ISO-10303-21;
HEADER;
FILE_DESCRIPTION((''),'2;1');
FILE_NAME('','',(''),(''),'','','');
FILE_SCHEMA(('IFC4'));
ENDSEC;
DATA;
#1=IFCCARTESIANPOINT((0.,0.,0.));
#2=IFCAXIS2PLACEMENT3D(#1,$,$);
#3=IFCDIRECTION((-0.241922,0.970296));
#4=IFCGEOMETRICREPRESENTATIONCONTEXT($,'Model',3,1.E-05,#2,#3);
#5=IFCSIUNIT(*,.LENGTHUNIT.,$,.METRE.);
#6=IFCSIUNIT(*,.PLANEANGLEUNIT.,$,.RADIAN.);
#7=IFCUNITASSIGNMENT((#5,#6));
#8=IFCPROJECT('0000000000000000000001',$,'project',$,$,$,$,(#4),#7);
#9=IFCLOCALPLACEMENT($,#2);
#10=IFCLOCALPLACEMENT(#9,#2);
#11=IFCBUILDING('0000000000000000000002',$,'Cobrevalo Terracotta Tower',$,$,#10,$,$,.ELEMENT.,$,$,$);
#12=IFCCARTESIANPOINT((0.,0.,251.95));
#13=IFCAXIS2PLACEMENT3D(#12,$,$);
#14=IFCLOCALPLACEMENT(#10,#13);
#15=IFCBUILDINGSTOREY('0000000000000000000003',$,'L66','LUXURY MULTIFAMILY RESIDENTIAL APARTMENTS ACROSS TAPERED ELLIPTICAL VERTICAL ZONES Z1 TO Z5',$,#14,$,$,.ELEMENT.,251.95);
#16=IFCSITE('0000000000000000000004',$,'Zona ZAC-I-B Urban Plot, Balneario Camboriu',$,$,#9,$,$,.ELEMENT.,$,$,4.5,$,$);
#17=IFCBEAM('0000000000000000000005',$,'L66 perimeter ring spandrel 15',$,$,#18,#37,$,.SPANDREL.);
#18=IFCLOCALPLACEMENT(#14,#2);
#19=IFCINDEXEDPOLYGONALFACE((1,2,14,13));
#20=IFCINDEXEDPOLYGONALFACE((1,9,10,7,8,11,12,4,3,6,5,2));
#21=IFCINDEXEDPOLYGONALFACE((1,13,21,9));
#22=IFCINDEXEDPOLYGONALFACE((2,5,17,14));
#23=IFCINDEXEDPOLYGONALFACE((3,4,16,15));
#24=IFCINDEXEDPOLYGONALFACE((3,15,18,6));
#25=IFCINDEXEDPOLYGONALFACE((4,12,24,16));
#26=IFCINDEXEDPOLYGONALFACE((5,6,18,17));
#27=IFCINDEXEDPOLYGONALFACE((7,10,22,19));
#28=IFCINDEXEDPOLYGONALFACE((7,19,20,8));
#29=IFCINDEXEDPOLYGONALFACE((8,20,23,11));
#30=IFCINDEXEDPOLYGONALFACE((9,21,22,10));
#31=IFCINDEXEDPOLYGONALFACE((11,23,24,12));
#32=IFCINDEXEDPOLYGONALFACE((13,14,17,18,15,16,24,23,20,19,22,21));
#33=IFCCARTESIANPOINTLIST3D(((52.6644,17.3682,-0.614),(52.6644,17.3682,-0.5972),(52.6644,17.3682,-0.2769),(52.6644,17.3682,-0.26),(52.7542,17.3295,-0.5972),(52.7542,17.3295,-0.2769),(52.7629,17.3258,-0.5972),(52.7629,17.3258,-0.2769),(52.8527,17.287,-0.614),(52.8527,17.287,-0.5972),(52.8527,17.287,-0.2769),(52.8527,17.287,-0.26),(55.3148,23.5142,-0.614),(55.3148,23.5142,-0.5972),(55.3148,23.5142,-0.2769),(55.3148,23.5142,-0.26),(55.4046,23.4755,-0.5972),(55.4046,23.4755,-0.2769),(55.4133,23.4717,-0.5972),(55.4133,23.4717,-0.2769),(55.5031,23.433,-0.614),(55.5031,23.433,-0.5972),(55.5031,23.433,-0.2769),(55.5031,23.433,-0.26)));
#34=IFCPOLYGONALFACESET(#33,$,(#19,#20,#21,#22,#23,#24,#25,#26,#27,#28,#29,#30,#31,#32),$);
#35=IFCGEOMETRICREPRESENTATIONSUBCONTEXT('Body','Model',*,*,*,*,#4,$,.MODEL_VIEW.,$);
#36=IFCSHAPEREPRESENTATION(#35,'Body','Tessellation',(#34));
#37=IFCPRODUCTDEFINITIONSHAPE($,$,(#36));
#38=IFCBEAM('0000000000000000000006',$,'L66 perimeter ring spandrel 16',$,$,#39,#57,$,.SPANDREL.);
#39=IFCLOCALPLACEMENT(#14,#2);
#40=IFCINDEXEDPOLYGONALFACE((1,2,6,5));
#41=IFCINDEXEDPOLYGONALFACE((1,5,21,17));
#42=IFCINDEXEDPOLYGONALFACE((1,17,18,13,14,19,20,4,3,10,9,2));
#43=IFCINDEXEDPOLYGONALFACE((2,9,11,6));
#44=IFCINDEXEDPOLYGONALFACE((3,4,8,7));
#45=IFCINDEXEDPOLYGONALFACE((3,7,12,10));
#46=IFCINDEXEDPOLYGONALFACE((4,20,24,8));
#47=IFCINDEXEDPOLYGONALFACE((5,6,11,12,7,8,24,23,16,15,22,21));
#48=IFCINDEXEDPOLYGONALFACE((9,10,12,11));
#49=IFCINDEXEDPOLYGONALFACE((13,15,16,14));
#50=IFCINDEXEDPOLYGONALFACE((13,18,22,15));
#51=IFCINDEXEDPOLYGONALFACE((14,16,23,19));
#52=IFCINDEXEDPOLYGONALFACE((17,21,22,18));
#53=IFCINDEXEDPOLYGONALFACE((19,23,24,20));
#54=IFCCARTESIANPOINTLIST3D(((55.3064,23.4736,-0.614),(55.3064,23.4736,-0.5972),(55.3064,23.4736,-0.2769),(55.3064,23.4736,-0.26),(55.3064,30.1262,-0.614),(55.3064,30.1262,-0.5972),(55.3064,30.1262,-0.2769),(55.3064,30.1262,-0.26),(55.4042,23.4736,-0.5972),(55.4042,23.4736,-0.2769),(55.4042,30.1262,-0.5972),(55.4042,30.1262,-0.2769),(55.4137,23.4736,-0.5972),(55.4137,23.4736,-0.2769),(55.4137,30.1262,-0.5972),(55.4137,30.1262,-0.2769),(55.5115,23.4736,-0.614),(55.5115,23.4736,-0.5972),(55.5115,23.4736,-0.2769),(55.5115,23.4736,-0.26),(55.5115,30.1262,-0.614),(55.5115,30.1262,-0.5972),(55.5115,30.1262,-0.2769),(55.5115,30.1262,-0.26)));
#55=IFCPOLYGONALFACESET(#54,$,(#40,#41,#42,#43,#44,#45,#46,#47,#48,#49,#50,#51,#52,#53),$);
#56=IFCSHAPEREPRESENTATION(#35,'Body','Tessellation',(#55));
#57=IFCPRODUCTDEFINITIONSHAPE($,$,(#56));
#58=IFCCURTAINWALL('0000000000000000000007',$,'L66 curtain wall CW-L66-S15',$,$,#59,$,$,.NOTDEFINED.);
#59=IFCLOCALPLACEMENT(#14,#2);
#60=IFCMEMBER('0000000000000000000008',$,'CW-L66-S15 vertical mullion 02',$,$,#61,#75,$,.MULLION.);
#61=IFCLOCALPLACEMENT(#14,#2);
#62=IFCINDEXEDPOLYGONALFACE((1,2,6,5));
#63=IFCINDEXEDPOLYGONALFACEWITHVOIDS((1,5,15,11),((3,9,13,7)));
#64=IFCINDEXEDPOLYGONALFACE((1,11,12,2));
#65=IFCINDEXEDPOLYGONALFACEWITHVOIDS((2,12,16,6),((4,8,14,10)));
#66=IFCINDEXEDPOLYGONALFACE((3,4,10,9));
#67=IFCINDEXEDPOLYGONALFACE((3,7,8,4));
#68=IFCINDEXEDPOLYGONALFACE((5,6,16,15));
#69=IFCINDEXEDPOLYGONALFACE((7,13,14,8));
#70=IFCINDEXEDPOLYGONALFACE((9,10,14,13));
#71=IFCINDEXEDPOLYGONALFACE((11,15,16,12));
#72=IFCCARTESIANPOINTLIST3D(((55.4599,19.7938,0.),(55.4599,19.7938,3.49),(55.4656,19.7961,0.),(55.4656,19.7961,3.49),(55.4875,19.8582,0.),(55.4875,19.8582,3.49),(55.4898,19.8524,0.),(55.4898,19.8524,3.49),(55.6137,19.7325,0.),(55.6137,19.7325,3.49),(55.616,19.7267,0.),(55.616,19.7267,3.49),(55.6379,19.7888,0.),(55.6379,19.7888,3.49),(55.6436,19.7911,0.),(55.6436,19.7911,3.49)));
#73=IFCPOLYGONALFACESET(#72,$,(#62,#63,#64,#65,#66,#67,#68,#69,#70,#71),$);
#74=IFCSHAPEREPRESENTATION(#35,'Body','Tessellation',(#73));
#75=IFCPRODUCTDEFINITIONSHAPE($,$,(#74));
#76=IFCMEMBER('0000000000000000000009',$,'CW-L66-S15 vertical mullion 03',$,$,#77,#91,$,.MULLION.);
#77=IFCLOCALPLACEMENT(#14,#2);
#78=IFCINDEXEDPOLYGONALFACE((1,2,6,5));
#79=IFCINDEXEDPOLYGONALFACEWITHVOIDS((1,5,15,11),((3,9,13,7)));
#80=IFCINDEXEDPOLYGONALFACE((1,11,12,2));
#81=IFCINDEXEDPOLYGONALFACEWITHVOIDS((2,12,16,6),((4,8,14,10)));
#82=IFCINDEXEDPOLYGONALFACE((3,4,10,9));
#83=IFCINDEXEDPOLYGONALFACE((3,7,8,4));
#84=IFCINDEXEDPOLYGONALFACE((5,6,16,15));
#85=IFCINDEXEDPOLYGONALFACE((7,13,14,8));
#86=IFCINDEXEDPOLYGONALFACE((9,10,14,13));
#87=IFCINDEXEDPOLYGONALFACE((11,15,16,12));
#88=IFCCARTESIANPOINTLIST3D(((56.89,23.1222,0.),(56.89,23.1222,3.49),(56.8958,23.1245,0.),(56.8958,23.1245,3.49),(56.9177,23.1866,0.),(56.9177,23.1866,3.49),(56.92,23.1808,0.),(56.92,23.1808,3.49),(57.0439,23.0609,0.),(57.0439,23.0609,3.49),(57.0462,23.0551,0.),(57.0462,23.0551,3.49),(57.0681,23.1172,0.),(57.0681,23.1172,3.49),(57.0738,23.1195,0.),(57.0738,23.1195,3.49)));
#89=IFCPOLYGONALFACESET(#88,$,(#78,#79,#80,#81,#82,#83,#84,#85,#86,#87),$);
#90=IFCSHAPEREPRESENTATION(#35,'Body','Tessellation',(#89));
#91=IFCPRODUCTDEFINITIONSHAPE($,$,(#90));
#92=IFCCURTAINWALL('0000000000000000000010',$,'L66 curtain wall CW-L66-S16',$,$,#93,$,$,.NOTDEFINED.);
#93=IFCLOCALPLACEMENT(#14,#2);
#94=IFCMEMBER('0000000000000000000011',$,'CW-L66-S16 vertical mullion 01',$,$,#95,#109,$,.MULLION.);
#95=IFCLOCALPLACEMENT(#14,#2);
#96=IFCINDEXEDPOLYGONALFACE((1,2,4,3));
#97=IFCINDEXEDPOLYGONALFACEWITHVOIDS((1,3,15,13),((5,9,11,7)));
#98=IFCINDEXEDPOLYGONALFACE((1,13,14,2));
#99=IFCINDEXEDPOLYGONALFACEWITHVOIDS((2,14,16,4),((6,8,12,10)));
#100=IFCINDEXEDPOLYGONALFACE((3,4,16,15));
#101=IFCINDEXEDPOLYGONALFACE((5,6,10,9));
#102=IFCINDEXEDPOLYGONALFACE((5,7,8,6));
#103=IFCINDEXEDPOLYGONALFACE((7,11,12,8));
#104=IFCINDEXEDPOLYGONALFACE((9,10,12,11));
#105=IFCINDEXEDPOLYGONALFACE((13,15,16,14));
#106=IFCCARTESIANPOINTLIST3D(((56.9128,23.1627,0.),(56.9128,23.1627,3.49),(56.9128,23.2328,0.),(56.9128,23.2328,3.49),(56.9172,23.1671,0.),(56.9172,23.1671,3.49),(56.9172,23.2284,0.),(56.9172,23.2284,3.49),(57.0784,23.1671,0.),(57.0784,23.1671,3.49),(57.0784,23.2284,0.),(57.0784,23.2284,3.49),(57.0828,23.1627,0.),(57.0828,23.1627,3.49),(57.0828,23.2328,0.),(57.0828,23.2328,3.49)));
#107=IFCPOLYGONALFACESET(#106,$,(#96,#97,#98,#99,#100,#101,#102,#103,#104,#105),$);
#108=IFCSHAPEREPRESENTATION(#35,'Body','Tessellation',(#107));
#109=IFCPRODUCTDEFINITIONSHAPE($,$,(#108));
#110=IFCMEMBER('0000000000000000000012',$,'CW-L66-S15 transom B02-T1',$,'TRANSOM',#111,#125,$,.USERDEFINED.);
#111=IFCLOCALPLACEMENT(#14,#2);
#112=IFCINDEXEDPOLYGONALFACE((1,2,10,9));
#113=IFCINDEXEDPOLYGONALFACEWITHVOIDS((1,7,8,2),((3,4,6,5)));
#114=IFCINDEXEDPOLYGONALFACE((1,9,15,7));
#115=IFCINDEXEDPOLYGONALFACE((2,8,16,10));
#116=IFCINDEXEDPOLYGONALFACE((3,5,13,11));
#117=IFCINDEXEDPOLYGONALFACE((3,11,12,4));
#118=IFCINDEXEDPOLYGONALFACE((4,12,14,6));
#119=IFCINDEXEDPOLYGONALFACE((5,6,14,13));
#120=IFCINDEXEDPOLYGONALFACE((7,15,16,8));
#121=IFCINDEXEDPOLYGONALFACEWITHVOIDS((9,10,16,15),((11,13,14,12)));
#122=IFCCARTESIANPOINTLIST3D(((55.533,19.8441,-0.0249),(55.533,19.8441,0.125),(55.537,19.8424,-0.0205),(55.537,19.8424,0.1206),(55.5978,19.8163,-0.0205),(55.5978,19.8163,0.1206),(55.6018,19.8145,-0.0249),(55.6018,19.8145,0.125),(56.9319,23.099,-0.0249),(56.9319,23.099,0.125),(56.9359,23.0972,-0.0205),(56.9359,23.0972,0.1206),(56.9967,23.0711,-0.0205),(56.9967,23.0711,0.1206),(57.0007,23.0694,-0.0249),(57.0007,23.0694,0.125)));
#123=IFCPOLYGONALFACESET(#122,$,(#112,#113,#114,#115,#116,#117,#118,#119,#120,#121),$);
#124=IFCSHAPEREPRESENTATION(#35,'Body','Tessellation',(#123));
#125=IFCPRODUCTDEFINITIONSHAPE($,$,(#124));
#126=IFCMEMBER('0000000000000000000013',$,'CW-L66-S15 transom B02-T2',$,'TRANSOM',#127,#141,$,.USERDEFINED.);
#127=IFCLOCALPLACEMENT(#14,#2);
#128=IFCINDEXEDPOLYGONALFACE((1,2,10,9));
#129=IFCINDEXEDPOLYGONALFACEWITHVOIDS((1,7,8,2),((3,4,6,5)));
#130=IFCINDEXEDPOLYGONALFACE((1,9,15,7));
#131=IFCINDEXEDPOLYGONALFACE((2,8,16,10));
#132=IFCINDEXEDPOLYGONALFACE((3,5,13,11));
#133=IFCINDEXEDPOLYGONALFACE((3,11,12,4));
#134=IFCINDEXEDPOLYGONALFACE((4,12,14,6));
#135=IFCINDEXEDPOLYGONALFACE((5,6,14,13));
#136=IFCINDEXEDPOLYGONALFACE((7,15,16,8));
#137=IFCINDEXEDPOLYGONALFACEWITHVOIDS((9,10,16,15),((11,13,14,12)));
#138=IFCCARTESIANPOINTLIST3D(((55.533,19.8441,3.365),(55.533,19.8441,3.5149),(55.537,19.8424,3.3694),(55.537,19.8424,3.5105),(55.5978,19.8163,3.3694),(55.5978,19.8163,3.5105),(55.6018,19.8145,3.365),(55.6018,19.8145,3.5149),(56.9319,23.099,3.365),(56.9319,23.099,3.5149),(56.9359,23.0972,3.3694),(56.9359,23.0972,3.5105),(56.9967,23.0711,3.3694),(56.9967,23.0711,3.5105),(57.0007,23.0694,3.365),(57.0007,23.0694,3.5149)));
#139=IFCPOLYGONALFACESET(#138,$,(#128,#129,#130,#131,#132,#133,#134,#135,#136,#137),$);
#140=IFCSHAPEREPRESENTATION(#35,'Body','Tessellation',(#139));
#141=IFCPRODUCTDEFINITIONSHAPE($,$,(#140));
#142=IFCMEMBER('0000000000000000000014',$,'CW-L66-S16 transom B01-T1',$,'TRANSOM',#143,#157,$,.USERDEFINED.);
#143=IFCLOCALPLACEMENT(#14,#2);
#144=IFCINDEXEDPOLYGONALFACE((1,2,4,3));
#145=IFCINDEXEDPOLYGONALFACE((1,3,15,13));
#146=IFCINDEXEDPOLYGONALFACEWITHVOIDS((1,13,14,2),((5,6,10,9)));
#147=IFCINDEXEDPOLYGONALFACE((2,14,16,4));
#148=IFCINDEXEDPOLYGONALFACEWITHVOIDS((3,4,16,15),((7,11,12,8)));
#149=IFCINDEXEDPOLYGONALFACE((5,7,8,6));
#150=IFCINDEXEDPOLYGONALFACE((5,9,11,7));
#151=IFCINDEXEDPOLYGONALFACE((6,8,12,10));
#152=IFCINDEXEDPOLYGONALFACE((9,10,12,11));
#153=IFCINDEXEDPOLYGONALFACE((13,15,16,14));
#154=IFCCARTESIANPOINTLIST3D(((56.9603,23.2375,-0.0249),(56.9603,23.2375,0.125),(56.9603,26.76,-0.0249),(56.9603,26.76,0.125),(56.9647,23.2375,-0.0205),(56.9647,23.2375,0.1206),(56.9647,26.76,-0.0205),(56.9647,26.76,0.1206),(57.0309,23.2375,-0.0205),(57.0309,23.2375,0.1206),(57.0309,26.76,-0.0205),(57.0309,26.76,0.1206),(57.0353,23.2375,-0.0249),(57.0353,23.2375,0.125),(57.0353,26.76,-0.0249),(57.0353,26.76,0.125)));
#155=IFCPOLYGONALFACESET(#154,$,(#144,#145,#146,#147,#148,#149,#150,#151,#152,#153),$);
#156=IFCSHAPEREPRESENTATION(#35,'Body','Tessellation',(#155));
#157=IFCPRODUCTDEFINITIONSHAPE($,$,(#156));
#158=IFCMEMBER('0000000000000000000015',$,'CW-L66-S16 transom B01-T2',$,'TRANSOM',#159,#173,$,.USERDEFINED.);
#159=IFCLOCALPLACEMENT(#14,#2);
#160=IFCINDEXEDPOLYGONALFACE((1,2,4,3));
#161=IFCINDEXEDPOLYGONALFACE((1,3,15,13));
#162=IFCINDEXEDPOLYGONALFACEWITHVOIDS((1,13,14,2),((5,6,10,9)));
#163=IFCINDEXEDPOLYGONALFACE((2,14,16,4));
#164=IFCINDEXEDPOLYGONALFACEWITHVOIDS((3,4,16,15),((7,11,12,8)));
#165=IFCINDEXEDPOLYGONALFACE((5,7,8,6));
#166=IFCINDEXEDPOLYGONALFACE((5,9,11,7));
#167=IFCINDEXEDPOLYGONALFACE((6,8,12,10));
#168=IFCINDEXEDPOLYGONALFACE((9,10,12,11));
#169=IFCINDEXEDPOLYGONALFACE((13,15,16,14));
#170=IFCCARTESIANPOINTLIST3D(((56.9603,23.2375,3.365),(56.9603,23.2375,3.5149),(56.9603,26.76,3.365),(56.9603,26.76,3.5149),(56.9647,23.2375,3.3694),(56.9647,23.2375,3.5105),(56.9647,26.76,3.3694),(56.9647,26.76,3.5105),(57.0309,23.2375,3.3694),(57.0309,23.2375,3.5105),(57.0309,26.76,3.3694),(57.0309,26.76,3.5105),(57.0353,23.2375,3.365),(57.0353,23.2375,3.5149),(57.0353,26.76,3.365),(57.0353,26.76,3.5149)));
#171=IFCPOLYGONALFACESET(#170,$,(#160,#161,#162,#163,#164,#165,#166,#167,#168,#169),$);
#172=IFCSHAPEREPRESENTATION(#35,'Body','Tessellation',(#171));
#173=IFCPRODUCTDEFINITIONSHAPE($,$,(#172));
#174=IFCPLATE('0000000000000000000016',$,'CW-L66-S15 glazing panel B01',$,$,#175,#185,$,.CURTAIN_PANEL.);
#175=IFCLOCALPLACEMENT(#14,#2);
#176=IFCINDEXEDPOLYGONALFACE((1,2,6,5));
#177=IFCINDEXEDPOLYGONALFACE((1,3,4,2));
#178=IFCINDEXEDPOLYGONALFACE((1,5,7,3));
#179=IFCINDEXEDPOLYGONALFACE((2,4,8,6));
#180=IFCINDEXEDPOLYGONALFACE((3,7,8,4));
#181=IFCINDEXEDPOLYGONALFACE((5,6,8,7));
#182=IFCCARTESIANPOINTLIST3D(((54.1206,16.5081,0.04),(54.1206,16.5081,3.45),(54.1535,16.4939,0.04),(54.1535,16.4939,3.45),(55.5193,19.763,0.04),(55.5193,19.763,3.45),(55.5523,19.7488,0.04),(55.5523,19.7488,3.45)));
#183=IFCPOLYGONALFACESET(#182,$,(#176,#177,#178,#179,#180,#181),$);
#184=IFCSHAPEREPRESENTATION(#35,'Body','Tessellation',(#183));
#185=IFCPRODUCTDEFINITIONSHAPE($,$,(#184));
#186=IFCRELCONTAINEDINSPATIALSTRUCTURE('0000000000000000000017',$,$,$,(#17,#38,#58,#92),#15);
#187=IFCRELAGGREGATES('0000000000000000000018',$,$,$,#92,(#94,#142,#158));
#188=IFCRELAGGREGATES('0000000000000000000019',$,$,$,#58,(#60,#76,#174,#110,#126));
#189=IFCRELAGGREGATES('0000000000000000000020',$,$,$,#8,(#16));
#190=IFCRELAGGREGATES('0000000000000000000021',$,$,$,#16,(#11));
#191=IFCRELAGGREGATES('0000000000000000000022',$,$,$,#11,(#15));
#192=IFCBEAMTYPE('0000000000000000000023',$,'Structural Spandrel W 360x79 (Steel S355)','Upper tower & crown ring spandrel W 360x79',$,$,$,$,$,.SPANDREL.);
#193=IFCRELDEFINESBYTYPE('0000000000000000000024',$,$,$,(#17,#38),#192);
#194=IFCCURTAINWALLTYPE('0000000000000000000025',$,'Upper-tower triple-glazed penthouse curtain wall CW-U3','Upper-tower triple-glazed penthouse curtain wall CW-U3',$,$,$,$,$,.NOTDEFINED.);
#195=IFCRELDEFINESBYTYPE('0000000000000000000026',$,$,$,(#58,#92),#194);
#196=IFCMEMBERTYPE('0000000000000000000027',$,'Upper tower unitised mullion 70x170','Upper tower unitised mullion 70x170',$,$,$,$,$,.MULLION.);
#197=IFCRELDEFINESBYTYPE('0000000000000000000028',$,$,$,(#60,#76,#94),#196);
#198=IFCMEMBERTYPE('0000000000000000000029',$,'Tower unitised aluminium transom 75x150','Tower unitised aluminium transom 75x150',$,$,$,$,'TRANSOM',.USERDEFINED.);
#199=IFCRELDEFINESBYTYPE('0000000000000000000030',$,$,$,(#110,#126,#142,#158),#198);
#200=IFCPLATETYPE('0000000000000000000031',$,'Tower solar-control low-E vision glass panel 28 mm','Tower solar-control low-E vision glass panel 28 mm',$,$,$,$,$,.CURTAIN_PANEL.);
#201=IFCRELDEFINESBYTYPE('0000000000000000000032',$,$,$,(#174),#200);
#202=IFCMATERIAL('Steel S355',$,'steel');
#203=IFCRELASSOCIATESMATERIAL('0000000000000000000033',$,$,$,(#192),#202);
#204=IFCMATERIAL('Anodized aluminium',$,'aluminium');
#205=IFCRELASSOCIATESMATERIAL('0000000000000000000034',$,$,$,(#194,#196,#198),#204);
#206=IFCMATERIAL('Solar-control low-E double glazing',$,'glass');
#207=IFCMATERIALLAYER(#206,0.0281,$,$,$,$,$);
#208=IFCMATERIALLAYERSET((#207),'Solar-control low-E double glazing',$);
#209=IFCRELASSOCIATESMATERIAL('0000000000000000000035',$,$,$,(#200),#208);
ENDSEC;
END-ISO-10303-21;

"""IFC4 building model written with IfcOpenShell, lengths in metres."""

from ifc_helpers import new_model, si_unit, direction, frame, origin, origin_2d, place, context, subcontext, project, spatial, rectangle, hollow_rectangle, i_section, extrude, source, transform, mapped, material, layer, layer_set, material_profile, profile_set, type_object, element, aggregate, save


model = new_model("IFC4")

# Units and contexts
model_context = context("Model", 3, precision=1e-05, world=origin(), true_north=direction((-0.241922, 0.970296)))
body_context = subcontext(model_context, "Body", "Model", "MODEL_VIEW")
ifc_project = project(units=[si_unit("LENGTHUNIT", "METRE"), si_unit("PLANEANGLEUNIT", "RADIAN")], contexts=[model_context])

# Site, building, storey
site_placement = place(None, origin())
site = spatial("IfcSite", under=ifc_project, at=site_placement, Name="Zona ZAC-I-B Urban Plot, Balneario Camboriu", CompositionType="ELEMENT", RefElevation=4.5)
building_placement = place(site_placement, origin())
building = spatial("IfcBuilding", under=site, at=building_placement, Name="Cobrevalo Terracotta Tower", CompositionType="ELEMENT")
storey_placement = place(building_placement, frame((0.0, 0.0, 251.95)))
storey = spatial("IfcBuildingStorey", under=building, at=storey_placement, Name="L66", Description="LUXURY MULTIFAMILY RESIDENTIAL APARTMENTS ACROSS TAPERED ELLIPTICAL VERTICAL ZONES Z1 TO Z5", CompositionType="ELEMENT", Elevation=251.95)

# Shared definitions
ifc_material_1 = material(Name="Steel S355", Category="steel")

# Beams
ifc_material_profile_1 = material_profile(ifc_material_1, i_section(OverallWidth=0.2051, OverallDepth=0.354, WebThickness=0.0095, FlangeThickness=0.0168, at=origin_2d()), Name="W 360x79")
ifc_profile_set_1 = profile_set([ifc_material_profile_1], Name="Steel S355")
beam_type_1 = type_object("IfcBeamType", Name="Structural Spandrel W 360x79 (Steel S355)", Description="Upper tower & crown ring spandrel W 360x79", PredefinedType="SPANDREL", material=ifc_profile_set_1)
beam_1_placement = place(storey_placement, frame((52.7585, 17.3276, -0.437), z_axis=(0.395987, 0.918256, 0.0), x_axis=(-0.918256, 0.395987, 0.0)))
element("IfcBeam", 1, at=beam_1_placement, inside=storey, type_object=beam_type_1, Name="L66 perimeter ring spandrel 15", PredefinedType="SPANDREL", context=body_context, shape_type="SweptSolid", body=[
    extrude(i_section(OverallWidth=0.2051, OverallDepth=0.354, WebThickness=0.0095, FlangeThickness=0.0168, at=origin_2d()), origin(), (0.0, 0.0, 1.0), 6.6931),
])
beam_2_placement = place(storey_placement, frame((55.4089, 23.4736, -0.437), z_axis=(0.0, 1.0, 0.0), x_axis=(-1.0, 0.0, 0.0)))
element("IfcBeam", 2, at=beam_2_placement, inside=storey, type_object=beam_type_1, Name="L66 perimeter ring spandrel 16", PredefinedType="SPANDREL", context=body_context, shape_type="SweptSolid", body=[
    extrude(i_section(OverallWidth=0.2051, OverallDepth=0.354, WebThickness=0.0095, FlangeThickness=0.0168, at=origin_2d()), origin(), (0.0, 0.0, 1.0), 6.6526),
])

# Curtain wall, members
ifc_material_2 = material(Name="Anodized aluminium", Category="aluminium")
curtain_wall_type = type_object("IfcCurtainWallType", Name="Upper-tower triple-glazed penthouse curtain wall CW-U3", Description="Upper-tower triple-glazed penthouse curtain wall CW-U3", PredefinedType="NOTDEFINED", material=ifc_material_2)
curtain_wall_1_placement = place(storey_placement, origin())
curtain_wall_1 = element("IfcCurtainWall", 3, at=curtain_wall_1_placement, inside=storey, type_object=curtain_wall_type, Name="L66 curtain wall CW-L66-S15", PredefinedType="NOTDEFINED")
ifc_material_profile_2 = material_profile(ifc_material_2, hollow_rectangle(XDim=0.0701, YDim=0.1699, WallThickness=0.0044, at=origin_2d()), Name="CWM 70x170")
ifc_profile_set_2 = profile_set([ifc_material_profile_2], Name="Anodized aluminium")
member_type_1 = type_object("IfcMemberType", Name="Upper tower unitised mullion 70x170", Description="Upper tower unitised mullion 70x170", PredefinedType="MULLION", material=ifc_profile_set_2)
shared_shape_1 = source(origin(), body_context, "Body", "SweptSolid", [
    extrude(hollow_rectangle(XDim=0.0701, YDim=0.1699, WallThickness=0.0044, at=origin_2d()), origin(), (0.0, 0.0, 1.0), 3.49),
])
member_1_placement = place(storey_placement, frame((55.5518, 19.7925, 0.0), z_axis=(0.0, 0.0, 1.0), x_axis=(0.394824, 0.918757, 0.0)))
member_1 = element("IfcMember", 4, at=member_1_placement, type_object=member_type_1, Name="CW-L66-S15 vertical mullion 02", PredefinedType="MULLION", context=body_context, shape_type="MappedRepresentation", body=[
    mapped(shared_shape_1, transform((0.0, 0.0, 0.0), scale=1.0)),
])
member_2_placement = place(storey_placement, frame((56.9819, 23.1208, 0.0), z_axis=(0.0, 0.0, 1.0), x_axis=(0.394824, 0.918757, 0.0)))
member_2 = element("IfcMember", 5, at=member_2_placement, type_object=member_type_1, Name="CW-L66-S15 vertical mullion 03", PredefinedType="MULLION", context=body_context, shape_type="MappedRepresentation", body=[
    mapped(shared_shape_1, transform((0.0, 0.0, 0.0), scale=1.0)),
])

# Curtain wall, member
curtain_wall_2_placement = place(storey_placement, origin())
curtain_wall_2 = element("IfcCurtainWall", 6, at=curtain_wall_2_placement, inside=storey, type_object=curtain_wall_type, Name="L66 curtain wall CW-L66-S16", PredefinedType="NOTDEFINED")
member_3_placement = place(storey_placement, frame((56.9978, 23.1978, 0.0), z_axis=(0.0, 0.0, 1.0), x_axis=(0.0, 1.0, 0.0)))
member_3 = element("IfcMember", 7, at=member_3_placement, type_object=member_type_1, Name="CW-L66-S16 vertical mullion 01", PredefinedType="MULLION", context=body_context, shape_type="MappedRepresentation", body=[
    mapped(shared_shape_1, transform((0.0, 0.0, 0.0), scale=1.0)),
])

# Members
ifc_material_profile_3 = material_profile(ifc_material_2, hollow_rectangle(XDim=0.075, YDim=0.1499, WallThickness=0.0044, at=origin_2d()), Name="CWT 75x150")
ifc_profile_set_3 = profile_set([ifc_material_profile_3], Name="Anodized aluminium")
member_type_2 = type_object("IfcMemberType", Name="Tower unitised aluminium transom 75x150", Description="Tower unitised aluminium transom 75x150", ElementType="TRANSOM", PredefinedType="USERDEFINED", material=ifc_profile_set_3)
shared_shape_2 = source(origin(), body_context, "Body", "SweptSolid", [
    extrude(hollow_rectangle(XDim=0.075, YDim=0.1499, WallThickness=0.0044, at=origin_2d()), origin(), (0.0, 0.0, 1.0), 3.5427),
])
member_4_placement = place(storey_placement, frame((55.5674, 19.8293, 0.05), z_axis=(0.394867, 0.918738, 0.0), x_axis=(-0.918738, 0.394867, 0.0)))
member_4 = element("IfcMember", 8, at=member_4_placement, type_object=member_type_2, Name="CW-L66-S15 transom B02-T1", ObjectType="TRANSOM", PredefinedType="USERDEFINED", context=body_context, shape_type="MappedRepresentation", body=[
    mapped(shared_shape_2, transform((0.0, 0.0, 0.0), scale=1.0)),
])
member_5_placement = place(storey_placement, frame((55.5674, 19.8293, 3.4399), z_axis=(0.394867, 0.918738, 0.0), x_axis=(-0.918738, 0.394867, 0.0)))
member_5 = element("IfcMember", 9, at=member_5_placement, type_object=member_type_2, Name="CW-L66-S15 transom B02-T2", ObjectType="TRANSOM", PredefinedType="USERDEFINED", context=body_context, shape_type="MappedRepresentation", body=[
    mapped(shared_shape_2, transform((0.0, 0.0, 0.0), scale=1.0)),
])
shared_shape_3 = source(origin(), body_context, "Body", "SweptSolid", [
    extrude(hollow_rectangle(XDim=0.075, YDim=0.1499, WallThickness=0.0044, at=origin_2d()), origin(), (0.0, 0.0, 1.0), 3.5225),
])
member_6_placement = place(storey_placement, frame((56.9978, 23.2375, 0.05), z_axis=(0.0, 1.0, 0.0), x_axis=(-1.0, 0.0, 0.0)))
member_6 = element("IfcMember", 10, at=member_6_placement, type_object=member_type_2, Name="CW-L66-S16 transom B01-T1", ObjectType="TRANSOM", PredefinedType="USERDEFINED", context=body_context, shape_type="MappedRepresentation", body=[
    mapped(shared_shape_3, transform((0.0, 0.0, 0.0), scale=1.0)),
])
member_7_placement = place(storey_placement, frame((56.9978, 23.2375, 3.4399), z_axis=(0.0, 1.0, 0.0), x_axis=(-1.0, 0.0, 0.0)))
member_7 = element("IfcMember", 11, at=member_7_placement, type_object=member_type_2, Name="CW-L66-S16 transom B01-T2", ObjectType="TRANSOM", PredefinedType="USERDEFINED", context=body_context, shape_type="MappedRepresentation", body=[
    mapped(shared_shape_3, transform((0.0, 0.0, 0.0), scale=1.0)),
])
aggregate(curtain_wall_2, [member_3, member_6, member_7])

# Plate
ifc_material_3 = material(Name="Solar-control low-E double glazing", Category="glass")
ifc_layer_1 = layer(ifc_material_3, 0.0281)
ifc_layer_set_1 = layer_set([ifc_layer_1], Name="Solar-control low-E double glazing")
plate_type = type_object("IfcPlateType", Name="Tower solar-control low-E vision glass panel 28 mm", Description="Tower solar-control low-E vision glass panel 28 mm", PredefinedType="CURTAIN_PANEL", material=ifc_layer_set_1)
shared_shape_4 = source(origin(), body_context, "Body", "SweptSolid", [
    extrude(rectangle(XDim=3.5427, YDim=0.0359, at=origin_2d()), origin(), (0.0, 0.0, 1.0), 3.4099),
])
plate_1_placement = place(storey_placement, frame((54.8364, 18.1284, 0.04), z_axis=(0.0, 0.0, 1.0), x_axis=(0.394829, 0.918755, 0.0)))
plate_1 = element("IfcPlate", 12, at=plate_1_placement, type_object=plate_type, Name="CW-L66-S15 glazing panel B01", PredefinedType="CURTAIN_PANEL", context=body_context, shape_type="MappedRepresentation", body=[
    mapped(shared_shape_4, transform((0.0, 0.0, 0.0), scale=1.0)),
])
aggregate(curtain_wall_1, [member_1, member_2, plate_1, member_4, member_5])

save(model, "model.ifc")
